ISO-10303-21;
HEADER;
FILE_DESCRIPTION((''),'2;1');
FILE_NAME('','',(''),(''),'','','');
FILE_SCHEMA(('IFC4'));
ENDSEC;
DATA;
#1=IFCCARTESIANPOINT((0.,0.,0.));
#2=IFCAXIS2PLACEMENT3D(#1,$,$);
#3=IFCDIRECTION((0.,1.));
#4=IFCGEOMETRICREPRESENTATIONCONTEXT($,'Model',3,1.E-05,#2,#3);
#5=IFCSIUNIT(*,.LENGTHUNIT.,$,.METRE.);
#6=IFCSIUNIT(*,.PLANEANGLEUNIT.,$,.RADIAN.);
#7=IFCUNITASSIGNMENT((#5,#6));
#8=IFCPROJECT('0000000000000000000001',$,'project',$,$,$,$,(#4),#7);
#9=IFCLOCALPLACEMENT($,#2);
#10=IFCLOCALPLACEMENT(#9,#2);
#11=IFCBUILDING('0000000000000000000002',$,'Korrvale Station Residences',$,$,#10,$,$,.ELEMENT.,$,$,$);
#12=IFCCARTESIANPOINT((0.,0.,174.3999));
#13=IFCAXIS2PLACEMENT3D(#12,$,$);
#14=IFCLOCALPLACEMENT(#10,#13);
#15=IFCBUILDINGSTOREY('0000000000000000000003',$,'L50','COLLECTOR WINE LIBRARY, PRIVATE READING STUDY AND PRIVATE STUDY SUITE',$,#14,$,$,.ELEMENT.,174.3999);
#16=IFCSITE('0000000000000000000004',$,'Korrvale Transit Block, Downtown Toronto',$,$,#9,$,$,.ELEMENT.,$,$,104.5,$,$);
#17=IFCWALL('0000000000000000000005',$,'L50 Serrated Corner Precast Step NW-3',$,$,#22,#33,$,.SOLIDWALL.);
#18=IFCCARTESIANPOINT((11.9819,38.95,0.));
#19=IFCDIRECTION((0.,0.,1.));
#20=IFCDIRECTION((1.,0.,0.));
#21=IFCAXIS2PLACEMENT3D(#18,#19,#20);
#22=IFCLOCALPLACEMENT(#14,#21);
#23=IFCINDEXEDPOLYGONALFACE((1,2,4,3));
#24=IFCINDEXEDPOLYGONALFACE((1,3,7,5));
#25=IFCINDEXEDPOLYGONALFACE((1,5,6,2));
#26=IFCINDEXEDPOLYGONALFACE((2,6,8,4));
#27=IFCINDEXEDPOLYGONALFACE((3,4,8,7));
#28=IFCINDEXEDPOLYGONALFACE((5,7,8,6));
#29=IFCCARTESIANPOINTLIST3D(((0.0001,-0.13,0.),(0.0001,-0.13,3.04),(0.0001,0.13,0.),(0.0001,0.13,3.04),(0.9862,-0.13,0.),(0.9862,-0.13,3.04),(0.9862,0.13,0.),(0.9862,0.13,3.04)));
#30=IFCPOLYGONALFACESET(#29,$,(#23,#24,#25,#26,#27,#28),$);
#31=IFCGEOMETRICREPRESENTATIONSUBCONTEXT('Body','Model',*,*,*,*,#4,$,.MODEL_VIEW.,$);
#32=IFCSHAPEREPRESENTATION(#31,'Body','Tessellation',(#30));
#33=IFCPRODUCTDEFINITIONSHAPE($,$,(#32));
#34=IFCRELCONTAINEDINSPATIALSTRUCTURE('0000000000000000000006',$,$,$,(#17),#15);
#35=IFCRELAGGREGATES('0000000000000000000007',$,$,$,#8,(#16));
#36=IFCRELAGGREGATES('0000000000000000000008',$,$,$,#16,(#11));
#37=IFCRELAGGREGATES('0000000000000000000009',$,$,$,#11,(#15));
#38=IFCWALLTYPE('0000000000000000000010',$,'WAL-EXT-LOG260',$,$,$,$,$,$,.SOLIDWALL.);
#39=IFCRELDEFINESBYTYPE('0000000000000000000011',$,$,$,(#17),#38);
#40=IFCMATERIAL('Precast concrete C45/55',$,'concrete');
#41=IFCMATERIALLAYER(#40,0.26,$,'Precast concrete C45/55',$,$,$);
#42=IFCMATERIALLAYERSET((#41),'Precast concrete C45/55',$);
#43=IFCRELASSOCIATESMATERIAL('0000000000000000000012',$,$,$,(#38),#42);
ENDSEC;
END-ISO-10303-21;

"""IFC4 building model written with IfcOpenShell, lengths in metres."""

from ifc_helpers import new_model, si_unit, direction, frame, frame_2d, origin, place, context, subcontext, project, spatial, rectangle, extrude, material, layer, layer_set, type_object, element, save


model = new_model("IFC4")

# Units and contexts
model_context = context("Model", 3, precision=1e-05, world=origin(), true_north=direction((0.0, 1.0)))
body_context = subcontext(model_context, "Body", "Model", "MODEL_VIEW")
ifc_project = project(units=[si_unit("LENGTHUNIT", "METRE"), si_unit("PLANEANGLEUNIT", "RADIAN")], contexts=[model_context])

# Site, building, storey
site_placement = place(None, origin())
site = spatial("IfcSite", under=ifc_project, at=site_placement, Name="Korrvale Transit Block, Downtown Toronto", CompositionType="ELEMENT", RefElevation=104.5)
building_placement = place(site_placement, origin())
building = spatial("IfcBuilding", under=site, at=building_placement, Name="Korrvale Station Residences", CompositionType="ELEMENT")
storey_placement = place(building_placement, frame((0.0, 0.0, 174.3999)))
storey = spatial("IfcBuildingStorey", under=building, at=storey_placement, Name="L50", Description="COLLECTOR WINE LIBRARY, PRIVATE READING STUDY AND PRIVATE STUDY SUITE", CompositionType="ELEMENT", Elevation=174.3999)

# Wall
ifc_material_1 = material(Name="Precast concrete C45/55", Category="concrete")
ifc_layer_1 = layer(ifc_material_1, 0.26, Name="Precast concrete C45/55")
ifc_layer_set_1 = layer_set([ifc_layer_1], Name="Precast concrete C45/55")
wall_type_1 = type_object("IfcWallType", Name="WAL-EXT-LOG260", PredefinedType="SOLIDWALL", material=ifc_layer_set_1)
wall_1_placement = place(storey_placement, frame((11.9819, 38.95, 0.0), z_axis=(0.0, 0.0, 1.0), x_axis=(1.0, 0.0, 0.0)))
element("IfcWall", 1, at=wall_1_placement, inside=storey, type_object=wall_type_1, Name="L50 Serrated Corner Precast Step NW-3", PredefinedType="SOLIDWALL", context=body_context, shape_type="SweptSolid", body=[
    extrude(rectangle(XDim=0.9861, YDim=0.26, at=frame_2d((0.4932, 0.0))), origin(), (0.0, 0.0, 1.0), 3.04),
])

save(model, "model.ifc")
